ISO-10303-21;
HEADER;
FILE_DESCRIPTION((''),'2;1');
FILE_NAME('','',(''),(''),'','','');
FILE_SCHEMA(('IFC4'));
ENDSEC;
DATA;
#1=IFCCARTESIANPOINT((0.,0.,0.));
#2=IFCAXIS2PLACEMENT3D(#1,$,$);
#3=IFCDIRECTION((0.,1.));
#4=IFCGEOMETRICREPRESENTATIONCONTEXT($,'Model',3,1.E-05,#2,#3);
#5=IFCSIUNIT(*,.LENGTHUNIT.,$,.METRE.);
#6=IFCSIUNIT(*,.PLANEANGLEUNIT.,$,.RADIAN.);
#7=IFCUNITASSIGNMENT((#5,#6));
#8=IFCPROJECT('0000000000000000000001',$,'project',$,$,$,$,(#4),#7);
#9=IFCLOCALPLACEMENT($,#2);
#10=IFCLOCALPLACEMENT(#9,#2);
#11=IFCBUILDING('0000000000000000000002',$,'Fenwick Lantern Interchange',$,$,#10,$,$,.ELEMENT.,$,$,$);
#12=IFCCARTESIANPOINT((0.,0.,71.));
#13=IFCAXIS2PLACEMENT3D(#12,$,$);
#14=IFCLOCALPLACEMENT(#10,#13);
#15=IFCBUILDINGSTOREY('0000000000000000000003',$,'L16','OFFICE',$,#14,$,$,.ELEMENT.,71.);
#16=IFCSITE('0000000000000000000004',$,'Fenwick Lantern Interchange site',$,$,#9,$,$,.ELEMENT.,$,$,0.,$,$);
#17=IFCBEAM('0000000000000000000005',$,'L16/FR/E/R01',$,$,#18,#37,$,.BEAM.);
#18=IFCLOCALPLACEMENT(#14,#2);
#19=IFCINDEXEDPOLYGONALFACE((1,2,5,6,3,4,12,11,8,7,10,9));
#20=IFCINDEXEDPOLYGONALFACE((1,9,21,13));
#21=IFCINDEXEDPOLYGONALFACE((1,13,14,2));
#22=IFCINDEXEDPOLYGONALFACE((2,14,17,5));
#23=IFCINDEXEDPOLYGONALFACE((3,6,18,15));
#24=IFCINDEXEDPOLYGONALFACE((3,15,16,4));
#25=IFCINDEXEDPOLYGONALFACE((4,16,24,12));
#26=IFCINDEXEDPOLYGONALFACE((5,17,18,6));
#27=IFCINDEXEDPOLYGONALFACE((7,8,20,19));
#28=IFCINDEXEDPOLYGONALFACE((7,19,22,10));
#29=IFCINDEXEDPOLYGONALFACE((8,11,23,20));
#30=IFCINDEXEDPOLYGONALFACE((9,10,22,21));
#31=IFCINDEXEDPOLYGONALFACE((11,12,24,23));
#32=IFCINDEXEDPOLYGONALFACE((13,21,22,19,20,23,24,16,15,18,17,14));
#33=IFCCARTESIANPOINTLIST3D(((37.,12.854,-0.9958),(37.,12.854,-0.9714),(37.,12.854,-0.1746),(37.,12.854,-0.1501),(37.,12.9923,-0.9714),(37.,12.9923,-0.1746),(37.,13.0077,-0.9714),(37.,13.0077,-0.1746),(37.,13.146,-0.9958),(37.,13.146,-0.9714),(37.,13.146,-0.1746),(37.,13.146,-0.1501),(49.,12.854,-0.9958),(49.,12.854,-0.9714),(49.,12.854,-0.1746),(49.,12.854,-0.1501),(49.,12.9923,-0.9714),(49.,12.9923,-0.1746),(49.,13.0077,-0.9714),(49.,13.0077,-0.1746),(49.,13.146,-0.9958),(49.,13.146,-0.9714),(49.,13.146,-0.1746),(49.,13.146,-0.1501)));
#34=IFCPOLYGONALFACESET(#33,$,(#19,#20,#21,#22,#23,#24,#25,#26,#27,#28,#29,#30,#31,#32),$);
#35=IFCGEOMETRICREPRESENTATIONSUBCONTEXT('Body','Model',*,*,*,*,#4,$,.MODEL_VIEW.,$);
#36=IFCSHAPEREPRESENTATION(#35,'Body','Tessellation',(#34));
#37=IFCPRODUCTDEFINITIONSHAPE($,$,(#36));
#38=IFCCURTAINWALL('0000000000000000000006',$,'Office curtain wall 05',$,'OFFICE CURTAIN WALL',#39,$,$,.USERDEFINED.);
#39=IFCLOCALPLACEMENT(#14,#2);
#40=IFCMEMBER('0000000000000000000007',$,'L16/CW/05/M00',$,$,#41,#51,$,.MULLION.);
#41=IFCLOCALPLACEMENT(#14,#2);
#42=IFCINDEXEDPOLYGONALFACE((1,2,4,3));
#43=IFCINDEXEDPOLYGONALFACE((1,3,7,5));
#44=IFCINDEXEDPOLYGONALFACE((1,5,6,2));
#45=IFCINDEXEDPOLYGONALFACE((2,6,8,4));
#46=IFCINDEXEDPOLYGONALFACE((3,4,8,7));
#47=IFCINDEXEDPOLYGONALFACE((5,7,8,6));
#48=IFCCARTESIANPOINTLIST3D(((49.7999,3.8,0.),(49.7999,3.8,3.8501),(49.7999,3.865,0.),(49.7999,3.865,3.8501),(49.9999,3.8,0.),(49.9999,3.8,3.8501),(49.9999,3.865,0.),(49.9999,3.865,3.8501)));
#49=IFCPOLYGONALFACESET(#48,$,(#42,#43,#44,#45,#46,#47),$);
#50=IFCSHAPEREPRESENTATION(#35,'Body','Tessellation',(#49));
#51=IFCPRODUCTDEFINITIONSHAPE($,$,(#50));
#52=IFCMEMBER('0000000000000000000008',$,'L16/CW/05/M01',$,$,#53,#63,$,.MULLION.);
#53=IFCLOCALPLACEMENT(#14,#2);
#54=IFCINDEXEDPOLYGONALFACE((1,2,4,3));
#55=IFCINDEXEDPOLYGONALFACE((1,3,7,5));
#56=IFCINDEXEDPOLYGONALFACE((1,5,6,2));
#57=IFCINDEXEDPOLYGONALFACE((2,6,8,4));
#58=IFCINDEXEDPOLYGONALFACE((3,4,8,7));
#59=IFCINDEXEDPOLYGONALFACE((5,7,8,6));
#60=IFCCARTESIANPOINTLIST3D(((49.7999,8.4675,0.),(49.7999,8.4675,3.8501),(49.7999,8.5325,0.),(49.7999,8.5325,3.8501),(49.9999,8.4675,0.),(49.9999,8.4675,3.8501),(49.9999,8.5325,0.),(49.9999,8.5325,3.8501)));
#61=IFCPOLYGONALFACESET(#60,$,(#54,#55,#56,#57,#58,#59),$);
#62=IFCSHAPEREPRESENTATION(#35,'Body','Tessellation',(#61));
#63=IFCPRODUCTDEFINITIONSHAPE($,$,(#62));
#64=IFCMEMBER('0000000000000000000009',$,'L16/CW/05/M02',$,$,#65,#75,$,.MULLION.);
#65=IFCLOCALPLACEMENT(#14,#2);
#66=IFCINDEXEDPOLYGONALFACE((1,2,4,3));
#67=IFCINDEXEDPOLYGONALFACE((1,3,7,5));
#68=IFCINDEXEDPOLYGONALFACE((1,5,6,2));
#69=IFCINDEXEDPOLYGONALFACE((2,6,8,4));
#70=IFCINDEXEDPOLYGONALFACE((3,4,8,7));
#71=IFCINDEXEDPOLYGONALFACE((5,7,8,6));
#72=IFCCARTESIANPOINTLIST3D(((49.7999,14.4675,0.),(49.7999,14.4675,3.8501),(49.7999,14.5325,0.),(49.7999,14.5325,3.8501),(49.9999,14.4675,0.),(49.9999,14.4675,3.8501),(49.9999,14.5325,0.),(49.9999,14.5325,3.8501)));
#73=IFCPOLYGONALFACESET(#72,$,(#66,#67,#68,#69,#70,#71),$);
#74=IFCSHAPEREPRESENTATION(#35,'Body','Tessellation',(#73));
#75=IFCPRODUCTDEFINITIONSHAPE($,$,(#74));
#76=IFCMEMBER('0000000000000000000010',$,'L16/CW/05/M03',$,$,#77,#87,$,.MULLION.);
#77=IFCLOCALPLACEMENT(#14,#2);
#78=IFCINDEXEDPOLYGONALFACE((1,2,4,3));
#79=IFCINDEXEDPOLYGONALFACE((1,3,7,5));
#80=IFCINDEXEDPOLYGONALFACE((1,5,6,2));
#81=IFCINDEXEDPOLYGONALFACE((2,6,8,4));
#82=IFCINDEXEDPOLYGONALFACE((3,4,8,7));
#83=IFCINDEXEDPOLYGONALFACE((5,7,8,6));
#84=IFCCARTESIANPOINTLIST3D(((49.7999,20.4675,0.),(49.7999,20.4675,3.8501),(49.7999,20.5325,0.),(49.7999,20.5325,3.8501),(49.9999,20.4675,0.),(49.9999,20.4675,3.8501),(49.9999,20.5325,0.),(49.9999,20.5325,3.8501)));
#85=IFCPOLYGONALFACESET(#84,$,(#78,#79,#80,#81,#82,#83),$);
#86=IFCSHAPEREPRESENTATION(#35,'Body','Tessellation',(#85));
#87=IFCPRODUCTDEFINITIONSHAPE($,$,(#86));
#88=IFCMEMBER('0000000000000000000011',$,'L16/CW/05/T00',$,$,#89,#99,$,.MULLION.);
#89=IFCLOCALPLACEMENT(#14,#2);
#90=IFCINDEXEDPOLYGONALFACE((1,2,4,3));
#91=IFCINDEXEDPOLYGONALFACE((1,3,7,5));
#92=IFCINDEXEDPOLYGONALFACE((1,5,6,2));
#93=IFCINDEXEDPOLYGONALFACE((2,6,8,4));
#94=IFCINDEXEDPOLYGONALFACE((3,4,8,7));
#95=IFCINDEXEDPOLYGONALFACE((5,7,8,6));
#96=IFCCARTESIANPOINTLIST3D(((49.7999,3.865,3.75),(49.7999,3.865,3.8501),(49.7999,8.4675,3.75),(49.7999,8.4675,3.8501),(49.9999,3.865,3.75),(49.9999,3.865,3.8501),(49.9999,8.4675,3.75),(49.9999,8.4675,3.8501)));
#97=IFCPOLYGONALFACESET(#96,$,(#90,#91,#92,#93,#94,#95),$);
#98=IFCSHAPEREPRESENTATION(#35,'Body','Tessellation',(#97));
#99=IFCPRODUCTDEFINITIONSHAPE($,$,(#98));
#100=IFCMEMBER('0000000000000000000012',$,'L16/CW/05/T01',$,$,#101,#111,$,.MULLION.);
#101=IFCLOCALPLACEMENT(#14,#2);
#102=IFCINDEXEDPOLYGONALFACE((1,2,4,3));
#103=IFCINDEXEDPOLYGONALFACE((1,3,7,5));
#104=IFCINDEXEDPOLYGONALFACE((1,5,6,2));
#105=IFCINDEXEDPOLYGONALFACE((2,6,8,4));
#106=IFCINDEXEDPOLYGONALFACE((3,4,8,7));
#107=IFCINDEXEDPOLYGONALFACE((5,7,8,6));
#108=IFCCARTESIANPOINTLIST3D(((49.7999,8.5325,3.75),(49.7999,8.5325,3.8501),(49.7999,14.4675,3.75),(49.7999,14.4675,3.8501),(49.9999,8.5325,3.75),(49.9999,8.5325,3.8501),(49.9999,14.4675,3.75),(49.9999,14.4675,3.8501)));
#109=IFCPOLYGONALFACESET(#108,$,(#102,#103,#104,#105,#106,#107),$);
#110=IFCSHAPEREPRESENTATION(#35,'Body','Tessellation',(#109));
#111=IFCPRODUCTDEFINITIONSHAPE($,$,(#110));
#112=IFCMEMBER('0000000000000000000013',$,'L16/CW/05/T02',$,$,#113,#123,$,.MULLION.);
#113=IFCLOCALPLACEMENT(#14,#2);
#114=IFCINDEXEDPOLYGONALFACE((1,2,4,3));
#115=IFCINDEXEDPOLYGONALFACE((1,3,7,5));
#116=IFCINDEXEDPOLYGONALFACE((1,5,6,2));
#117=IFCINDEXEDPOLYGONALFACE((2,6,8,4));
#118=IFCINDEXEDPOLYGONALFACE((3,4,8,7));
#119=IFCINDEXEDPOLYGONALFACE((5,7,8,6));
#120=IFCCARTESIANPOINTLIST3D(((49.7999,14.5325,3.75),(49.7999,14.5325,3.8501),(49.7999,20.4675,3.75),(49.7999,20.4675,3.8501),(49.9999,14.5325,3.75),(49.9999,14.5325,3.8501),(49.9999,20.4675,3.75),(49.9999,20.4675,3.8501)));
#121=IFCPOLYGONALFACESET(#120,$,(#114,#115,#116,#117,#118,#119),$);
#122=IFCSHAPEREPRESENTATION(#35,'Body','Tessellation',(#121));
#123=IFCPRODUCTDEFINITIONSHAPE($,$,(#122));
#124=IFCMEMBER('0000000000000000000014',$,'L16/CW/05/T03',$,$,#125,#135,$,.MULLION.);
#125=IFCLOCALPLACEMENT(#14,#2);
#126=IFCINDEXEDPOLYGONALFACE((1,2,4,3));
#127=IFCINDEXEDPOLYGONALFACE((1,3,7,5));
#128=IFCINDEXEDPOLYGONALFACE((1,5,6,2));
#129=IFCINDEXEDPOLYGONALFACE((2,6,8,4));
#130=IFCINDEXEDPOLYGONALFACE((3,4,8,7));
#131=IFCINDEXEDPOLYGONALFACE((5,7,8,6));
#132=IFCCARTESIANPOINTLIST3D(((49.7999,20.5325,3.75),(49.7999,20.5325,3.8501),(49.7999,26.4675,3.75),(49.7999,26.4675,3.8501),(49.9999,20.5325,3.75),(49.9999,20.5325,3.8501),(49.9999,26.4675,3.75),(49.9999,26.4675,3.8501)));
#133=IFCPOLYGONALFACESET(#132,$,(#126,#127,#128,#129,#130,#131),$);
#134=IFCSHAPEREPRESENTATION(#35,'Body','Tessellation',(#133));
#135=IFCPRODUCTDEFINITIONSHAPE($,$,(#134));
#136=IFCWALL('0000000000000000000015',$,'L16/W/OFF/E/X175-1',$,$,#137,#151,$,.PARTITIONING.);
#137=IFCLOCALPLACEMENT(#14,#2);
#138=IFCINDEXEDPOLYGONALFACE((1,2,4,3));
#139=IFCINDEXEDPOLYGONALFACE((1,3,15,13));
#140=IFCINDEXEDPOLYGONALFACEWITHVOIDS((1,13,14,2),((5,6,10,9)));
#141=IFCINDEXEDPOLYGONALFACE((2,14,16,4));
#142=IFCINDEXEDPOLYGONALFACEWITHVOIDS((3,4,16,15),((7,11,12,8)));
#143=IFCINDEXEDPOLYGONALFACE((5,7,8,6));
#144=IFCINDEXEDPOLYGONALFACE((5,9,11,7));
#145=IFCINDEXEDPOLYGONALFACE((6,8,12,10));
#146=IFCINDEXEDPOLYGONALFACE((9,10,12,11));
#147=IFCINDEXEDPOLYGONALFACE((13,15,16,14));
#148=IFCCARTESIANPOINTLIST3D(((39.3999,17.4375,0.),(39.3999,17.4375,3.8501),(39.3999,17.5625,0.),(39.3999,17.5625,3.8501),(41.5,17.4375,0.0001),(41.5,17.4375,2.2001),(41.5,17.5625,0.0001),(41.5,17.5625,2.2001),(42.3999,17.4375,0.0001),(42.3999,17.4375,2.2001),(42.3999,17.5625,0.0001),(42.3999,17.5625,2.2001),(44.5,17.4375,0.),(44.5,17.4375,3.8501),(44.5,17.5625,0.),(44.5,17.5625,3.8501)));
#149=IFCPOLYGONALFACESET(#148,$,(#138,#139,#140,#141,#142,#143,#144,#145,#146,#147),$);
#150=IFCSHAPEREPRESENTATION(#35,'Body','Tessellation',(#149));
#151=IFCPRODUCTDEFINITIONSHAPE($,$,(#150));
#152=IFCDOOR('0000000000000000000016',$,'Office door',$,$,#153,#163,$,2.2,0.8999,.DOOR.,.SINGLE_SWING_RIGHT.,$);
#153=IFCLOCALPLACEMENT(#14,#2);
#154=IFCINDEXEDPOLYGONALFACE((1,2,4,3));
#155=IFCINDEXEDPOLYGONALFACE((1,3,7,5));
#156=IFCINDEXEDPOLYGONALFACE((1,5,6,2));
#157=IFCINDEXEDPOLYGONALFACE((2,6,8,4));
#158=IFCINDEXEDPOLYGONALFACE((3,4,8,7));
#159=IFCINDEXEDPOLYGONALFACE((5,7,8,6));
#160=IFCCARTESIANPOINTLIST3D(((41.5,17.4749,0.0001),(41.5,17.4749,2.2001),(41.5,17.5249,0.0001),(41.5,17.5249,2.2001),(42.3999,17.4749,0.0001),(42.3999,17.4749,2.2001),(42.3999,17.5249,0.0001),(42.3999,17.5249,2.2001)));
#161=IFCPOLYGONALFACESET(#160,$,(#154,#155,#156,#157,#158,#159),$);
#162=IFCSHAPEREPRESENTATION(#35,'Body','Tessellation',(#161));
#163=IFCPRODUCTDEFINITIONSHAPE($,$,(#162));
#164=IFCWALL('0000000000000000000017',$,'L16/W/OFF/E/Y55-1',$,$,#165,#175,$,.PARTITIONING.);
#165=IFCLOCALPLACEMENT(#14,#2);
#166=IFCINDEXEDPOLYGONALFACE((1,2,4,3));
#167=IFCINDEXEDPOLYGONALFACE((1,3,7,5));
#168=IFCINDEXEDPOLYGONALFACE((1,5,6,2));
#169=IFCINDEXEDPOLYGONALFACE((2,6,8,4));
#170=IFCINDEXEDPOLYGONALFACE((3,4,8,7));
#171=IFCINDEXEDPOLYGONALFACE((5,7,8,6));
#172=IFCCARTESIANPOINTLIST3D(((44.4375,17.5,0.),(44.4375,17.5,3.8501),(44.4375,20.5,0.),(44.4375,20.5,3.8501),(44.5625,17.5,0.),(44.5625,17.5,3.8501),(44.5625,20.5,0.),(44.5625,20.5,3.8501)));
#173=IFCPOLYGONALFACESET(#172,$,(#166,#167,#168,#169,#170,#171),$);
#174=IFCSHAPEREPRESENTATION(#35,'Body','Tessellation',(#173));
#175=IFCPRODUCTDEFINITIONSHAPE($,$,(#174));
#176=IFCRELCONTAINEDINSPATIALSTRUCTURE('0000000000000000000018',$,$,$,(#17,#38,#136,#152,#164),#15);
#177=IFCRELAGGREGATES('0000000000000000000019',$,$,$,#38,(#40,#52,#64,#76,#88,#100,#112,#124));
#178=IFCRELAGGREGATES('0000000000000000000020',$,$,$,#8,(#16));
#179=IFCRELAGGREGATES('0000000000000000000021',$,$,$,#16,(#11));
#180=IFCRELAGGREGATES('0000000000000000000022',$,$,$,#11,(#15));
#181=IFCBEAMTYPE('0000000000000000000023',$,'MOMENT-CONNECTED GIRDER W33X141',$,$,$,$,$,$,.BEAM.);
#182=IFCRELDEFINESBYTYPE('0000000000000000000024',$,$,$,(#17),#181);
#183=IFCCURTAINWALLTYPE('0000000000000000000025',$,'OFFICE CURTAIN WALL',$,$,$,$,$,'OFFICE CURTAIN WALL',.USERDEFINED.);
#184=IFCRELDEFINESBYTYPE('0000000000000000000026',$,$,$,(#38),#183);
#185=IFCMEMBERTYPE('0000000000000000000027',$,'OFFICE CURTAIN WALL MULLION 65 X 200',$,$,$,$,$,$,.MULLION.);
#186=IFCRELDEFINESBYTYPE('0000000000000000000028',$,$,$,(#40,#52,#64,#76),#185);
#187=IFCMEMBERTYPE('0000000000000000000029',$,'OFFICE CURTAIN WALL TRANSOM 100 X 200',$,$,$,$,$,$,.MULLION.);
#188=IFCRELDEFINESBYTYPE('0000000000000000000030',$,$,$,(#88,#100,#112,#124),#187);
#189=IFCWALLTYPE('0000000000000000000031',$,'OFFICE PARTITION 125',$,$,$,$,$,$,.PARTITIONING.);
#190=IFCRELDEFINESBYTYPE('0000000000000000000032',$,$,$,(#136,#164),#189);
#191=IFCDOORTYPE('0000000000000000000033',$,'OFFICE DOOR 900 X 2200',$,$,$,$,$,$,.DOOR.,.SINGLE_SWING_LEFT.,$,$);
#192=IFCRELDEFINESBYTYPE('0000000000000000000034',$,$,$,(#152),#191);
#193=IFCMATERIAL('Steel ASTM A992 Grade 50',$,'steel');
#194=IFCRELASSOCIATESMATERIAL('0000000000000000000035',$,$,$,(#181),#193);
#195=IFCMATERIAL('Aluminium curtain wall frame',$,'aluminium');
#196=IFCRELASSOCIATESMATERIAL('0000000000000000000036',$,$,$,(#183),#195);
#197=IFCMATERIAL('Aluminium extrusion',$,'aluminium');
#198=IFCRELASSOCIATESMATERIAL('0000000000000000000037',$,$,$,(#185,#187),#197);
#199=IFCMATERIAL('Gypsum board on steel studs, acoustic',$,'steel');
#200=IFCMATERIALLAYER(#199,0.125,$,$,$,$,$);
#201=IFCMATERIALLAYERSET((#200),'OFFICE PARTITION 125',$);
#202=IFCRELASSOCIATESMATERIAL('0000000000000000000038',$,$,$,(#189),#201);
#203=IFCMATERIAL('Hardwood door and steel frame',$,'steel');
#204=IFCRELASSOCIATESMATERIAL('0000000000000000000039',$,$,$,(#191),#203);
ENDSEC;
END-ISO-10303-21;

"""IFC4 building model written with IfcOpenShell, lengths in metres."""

from ifc_helpers import new_model, si_unit, direction, frame, frame_2d, origin, origin_2d, place, context, subcontext, project, spatial, rectangle, i_section, extrude, material, layer, layer_set, material_profile, profile_set, type_object, element, fill, aggregate, save


model = new_model("IFC4")

# Units and contexts
model_context = context("Model", 3, precision=1e-05, world=origin(), true_north=direction((0.0, 1.0)))
body_context = subcontext(model_context, "Body", "Model", "MODEL_VIEW")
ifc_project = project(units=[si_unit("LENGTHUNIT", "METRE"), si_unit("PLANEANGLEUNIT", "RADIAN")], contexts=[model_context])

# Site, building, storey
site_placement = place(None, origin())
site = spatial("IfcSite", under=ifc_project, at=site_placement, Name="Fenwick Lantern Interchange site", CompositionType="ELEMENT", RefElevation=0.0)
building_placement = place(site_placement, origin())
building = spatial("IfcBuilding", under=site, at=building_placement, Name="Fenwick Lantern Interchange", CompositionType="ELEMENT")
storey_placement = place(building_placement, frame((0.0, 0.0, 71.0)))
storey = spatial("IfcBuildingStorey", under=building, at=storey_placement, Name="L16", Description="OFFICE", CompositionType="ELEMENT", Elevation=71.0)

# Beam
ifc_material_1 = material(Name="Steel ASTM A992 Grade 50", Category="steel")
ifc_material_profile_1 = material_profile(ifc_material_1, i_section(OverallWidth=0.292, OverallDepth=0.8457, WebThickness=0.0154, FlangeThickness=0.0244, at=origin_2d()), Name="W33X141")
ifc_profile_set_1 = profile_set([ifc_material_profile_1], Name="Steel ASTM A992 Grade 50")
beam_type_1 = type_object("IfcBeamType", Name="MOMENT-CONNECTED GIRDER W33X141", PredefinedType="BEAM", material=ifc_profile_set_1)
beam_1_placement = place(storey_placement, frame((49.0, 13.0, -0.573), z_axis=(-1.0, 0.0, 0.0), x_axis=(0.0, -1.0, 0.0)))
element("IfcBeam", 1, at=beam_1_placement, inside=storey, type_object=beam_type_1, Name="L16/FR/E/R01", PredefinedType="BEAM", context=body_context, shape_type="SweptSolid", body=[
    extrude(i_section(OverallWidth=0.292, OverallDepth=0.8457, WebThickness=0.0154, FlangeThickness=0.0244, at=origin_2d()), origin(), (0.0, 0.0, 1.0), 12.0),
])

# Curtain wall, members
ifc_material_2 = material(Name="Aluminium curtain wall frame", Category="aluminium")
curtain_wall_type = type_object("IfcCurtainWallType", Name="OFFICE CURTAIN WALL", ElementType="OFFICE CURTAIN WALL", PredefinedType="USERDEFINED", material=ifc_material_2)
curtain_wall_placement = place(storey_placement, origin())
curtain_wall = element("IfcCurtainWall", 2, at=curtain_wall_placement, inside=storey, type_object=curtain_wall_type, Name="Office curtain wall 05", ObjectType="OFFICE CURTAIN WALL", PredefinedType="USERDEFINED")
ifc_material_3 = material(Name="Aluminium extrusion", Category="aluminium")
ifc_material_profile_2 = material_profile(ifc_material_3, rectangle(XDim=0.2, YDim=0.0649, at=origin_2d()), Name="OFFICE CURTAIN WALL MULLION 65 X 200")
ifc_profile_set_2 = profile_set([ifc_material_profile_2], Name="Aluminium extrusion")
member_type_1 = type_object("IfcMemberType", Name="OFFICE CURTAIN WALL MULLION 65 X 200", PredefinedType="MULLION", material=ifc_profile_set_2)
member_1_placement = place(storey_placement, frame((49.8999, 3.8325, 0.0), z_axis=(0.0, 0.0, 1.0), x_axis=(-1.0, 0.0, 0.0)))
member_1 = element("IfcMember", 3, at=member_1_placement, type_object=member_type_1, Name="L16/CW/05/M00", PredefinedType="MULLION", context=body_context, shape_type="SweptSolid", body=[
    extrude(rectangle(XDim=0.2, YDim=0.0649, at=origin_2d()), origin(), (0.0, 0.0, 1.0), 3.8501),
])
member_2_placement = place(storey_placement, frame((49.8999, 8.5, 0.0), z_axis=(0.0, 0.0, 1.0), x_axis=(-1.0, 0.0, 0.0)))
member_2 = element("IfcMember", 4, at=member_2_placement, type_object=member_type_1, Name="L16/CW/05/M01", PredefinedType="MULLION", context=body_context, shape_type="SweptSolid", body=[
    extrude(rectangle(XDim=0.2, YDim=0.0649, at=origin_2d()), origin(), (0.0, 0.0, 1.0), 3.8501),
])
member_3_placement = place(storey_placement, frame((49.8999, 14.5, 0.0), z_axis=(0.0, 0.0, 1.0), x_axis=(-1.0, 0.0, 0.0)))
member_3 = element("IfcMember", 5, at=member_3_placement, type_object=member_type_1, Name="L16/CW/05/M02", PredefinedType="MULLION", context=body_context, shape_type="SweptSolid", body=[
    extrude(rectangle(XDim=0.2, YDim=0.0649, at=origin_2d()), origin(), (0.0, 0.0, 1.0), 3.8501),
])
member_4_placement = place(storey_placement, frame((49.8999, 20.5, 0.0), z_axis=(0.0, 0.0, 1.0), x_axis=(-1.0, 0.0, 0.0)))
member_4 = element("IfcMember", 6, at=member_4_placement, type_object=member_type_1, Name="L16/CW/05/M03", PredefinedType="MULLION", context=body_context, shape_type="SweptSolid", body=[
    extrude(rectangle(XDim=0.2, YDim=0.0649, at=origin_2d()), origin(), (0.0, 0.0, 1.0), 3.8501),
])
ifc_material_profile_3 = material_profile(ifc_material_3, rectangle(XDim=0.2, YDim=0.1001, at=origin_2d()), Name="OFFICE CURTAIN WALL TRANSOM 100 X 200")
ifc_profile_set_3 = profile_set([ifc_material_profile_3], Name="Aluminium extrusion")
member_type_2 = type_object("IfcMemberType", Name="OFFICE CURTAIN WALL TRANSOM 100 X 200", PredefinedType="MULLION", material=ifc_profile_set_3)
member_5_placement = place(storey_placement, frame((49.8999, 3.865, 3.8), z_axis=(0.0, 1.0, 0.0), x_axis=(-1.0, 0.0, 0.0)))
member_5 = element("IfcMember", 7, at=member_5_placement, type_object=member_type_2, Name="L16/CW/05/T00", PredefinedType="MULLION", context=body_context, shape_type="SweptSolid", body=[
    extrude(rectangle(XDim=0.2, YDim=0.1001, at=origin_2d()), origin(), (0.0, 0.0, 1.0), 4.6025),
])
member_6_placement = place(storey_placement, frame((49.8999, 8.5325, 3.8), z_axis=(0.0, 1.0, 0.0), x_axis=(-1.0, 0.0, 0.0)))
member_6 = element("IfcMember", 8, at=member_6_placement, type_object=member_type_2, Name="L16/CW/05/T01", PredefinedType="MULLION", context=body_context, shape_type="SweptSolid", body=[
    extrude(rectangle(XDim=0.2, YDim=0.1001, at=origin_2d()), origin(), (0.0, 0.0, 1.0), 5.9351),
])
member_7_placement = place(storey_placement, frame((49.8999, 14.5325, 3.8), z_axis=(0.0, 1.0, 0.0), x_axis=(-1.0, 0.0, 0.0)))
member_7 = element("IfcMember", 9, at=member_7_placement, type_object=member_type_2, Name="L16/CW/05/T02", PredefinedType="MULLION", context=body_context, shape_type="SweptSolid", body=[
    extrude(rectangle(XDim=0.2, YDim=0.1001, at=origin_2d()), origin(), (0.0, 0.0, 1.0), 5.9351),
])
member_8_placement = place(storey_placement, frame((49.8999, 20.5325, 3.8), z_axis=(0.0, 1.0, 0.0), x_axis=(-1.0, 0.0, 0.0)))
member_8 = element("IfcMember", 10, at=member_8_placement, type_object=member_type_2, Name="L16/CW/05/T03", PredefinedType="MULLION", context=body_context, shape_type="SweptSolid", body=[
    extrude(rectangle(XDim=0.2, YDim=0.1001, at=origin_2d()), origin(), (0.0, 0.0, 1.0), 5.9351),
])
aggregate(curtain_wall, [member_1, member_2, member_3, member_4, member_5, member_6, member_7, member_8])

# Wall, opening, door
ifc_material_4 = material(Name="Gypsum board on steel studs, acoustic", Category="steel")
ifc_layer_1 = layer(ifc_material_4, 0.125)
ifc_layer_set_1 = layer_set([ifc_layer_1], Name="OFFICE PARTITION 125")
wall_type_1 = type_object("IfcWallType", Name="OFFICE PARTITION 125", PredefinedType="PARTITIONING", material=ifc_layer_set_1)
wall_1_placement = place(storey_placement, frame((44.5, 17.5, 0.0), z_axis=(0.0, 0.0, 1.0), x_axis=(-1.0, 0.0, 0.0)))
wall_1 = element("IfcWall", 11, at=wall_1_placement, inside=storey, type_object=wall_type_1, Name="L16/W/OFF/E/X175-1", PredefinedType="PARTITIONING", context=body_context, shape_type="SweptSolid", body=[
    extrude(rectangle(XDim=5.1001, YDim=0.125, at=frame_2d((2.55, 0.0))), origin(), (0.0, 0.0, 1.0), 3.8501),
])
opening_placement = place(wall_1_placement, frame((2.1001, 0.0, 0.0)))
opening = element("IfcOpeningElement", 12, at=opening_placement, cuts=wall_1, PredefinedType="OPENING", context=body_context, shape_type="SweptSolid", body=[
    extrude(rectangle(XDim=0.8999, YDim=2.2, at=frame_2d((0.45, 1.1001))), frame((0.0, 0.0725, 0.0), z_axis=(0.0, -1.0, 0.0), x_axis=(1.0, 0.0, 0.0)), (0.0, 0.0, 1.0), 0.145),
])
ifc_material_5 = material(Name="Hardwood door and steel frame", Category="steel")
door_type = type_object("IfcDoorType", Name="OFFICE DOOR 900 X 2200", OperationType="SINGLE_SWING_LEFT", PredefinedType="DOOR", material=ifc_material_5)
door_placement = place(opening_placement, frame((0.8999, 0.0, 0.0), z_axis=(0.0, 0.0, 1.0), x_axis=(-1.0, 0.0, 0.0)))
door = element("IfcDoor", 13, at=door_placement, inside=storey, type_object=door_type, Name="Office door", OperationType="SINGLE_SWING_RIGHT", OverallHeight=2.2, OverallWidth=0.8999, PredefinedType="DOOR", context=body_context, shape_type="SweptSolid", body=[
    extrude(rectangle(XDim=0.8999, YDim=2.2, at=frame_2d((0.45, 1.1001))), frame((0.0, 0.0249, 0.0), z_axis=(0.0, -1.0, 0.0), x_axis=(1.0, 0.0, 0.0)), (0.0, 0.0, 1.0), 0.05),
])
fill(opening, door)

# Wall
wall_2_placement = place(storey_placement, frame((44.5, 17.5, 0.0), z_axis=(0.0, 0.0, 1.0), x_axis=(0.0, 1.0, 0.0)))
element("IfcWall", 14, at=wall_2_placement, inside=storey, type_object=wall_type_1, Name="L16/W/OFF/E/Y55-1", PredefinedType="PARTITIONING", context=body_context, shape_type="SweptSolid", body=[
    extrude(rectangle(XDim=3.0, YDim=0.125, at=frame_2d((1.5, 0.0))), origin(), (0.0, 0.0, 1.0), 3.8501),
])

save(model, "model.ifc")
